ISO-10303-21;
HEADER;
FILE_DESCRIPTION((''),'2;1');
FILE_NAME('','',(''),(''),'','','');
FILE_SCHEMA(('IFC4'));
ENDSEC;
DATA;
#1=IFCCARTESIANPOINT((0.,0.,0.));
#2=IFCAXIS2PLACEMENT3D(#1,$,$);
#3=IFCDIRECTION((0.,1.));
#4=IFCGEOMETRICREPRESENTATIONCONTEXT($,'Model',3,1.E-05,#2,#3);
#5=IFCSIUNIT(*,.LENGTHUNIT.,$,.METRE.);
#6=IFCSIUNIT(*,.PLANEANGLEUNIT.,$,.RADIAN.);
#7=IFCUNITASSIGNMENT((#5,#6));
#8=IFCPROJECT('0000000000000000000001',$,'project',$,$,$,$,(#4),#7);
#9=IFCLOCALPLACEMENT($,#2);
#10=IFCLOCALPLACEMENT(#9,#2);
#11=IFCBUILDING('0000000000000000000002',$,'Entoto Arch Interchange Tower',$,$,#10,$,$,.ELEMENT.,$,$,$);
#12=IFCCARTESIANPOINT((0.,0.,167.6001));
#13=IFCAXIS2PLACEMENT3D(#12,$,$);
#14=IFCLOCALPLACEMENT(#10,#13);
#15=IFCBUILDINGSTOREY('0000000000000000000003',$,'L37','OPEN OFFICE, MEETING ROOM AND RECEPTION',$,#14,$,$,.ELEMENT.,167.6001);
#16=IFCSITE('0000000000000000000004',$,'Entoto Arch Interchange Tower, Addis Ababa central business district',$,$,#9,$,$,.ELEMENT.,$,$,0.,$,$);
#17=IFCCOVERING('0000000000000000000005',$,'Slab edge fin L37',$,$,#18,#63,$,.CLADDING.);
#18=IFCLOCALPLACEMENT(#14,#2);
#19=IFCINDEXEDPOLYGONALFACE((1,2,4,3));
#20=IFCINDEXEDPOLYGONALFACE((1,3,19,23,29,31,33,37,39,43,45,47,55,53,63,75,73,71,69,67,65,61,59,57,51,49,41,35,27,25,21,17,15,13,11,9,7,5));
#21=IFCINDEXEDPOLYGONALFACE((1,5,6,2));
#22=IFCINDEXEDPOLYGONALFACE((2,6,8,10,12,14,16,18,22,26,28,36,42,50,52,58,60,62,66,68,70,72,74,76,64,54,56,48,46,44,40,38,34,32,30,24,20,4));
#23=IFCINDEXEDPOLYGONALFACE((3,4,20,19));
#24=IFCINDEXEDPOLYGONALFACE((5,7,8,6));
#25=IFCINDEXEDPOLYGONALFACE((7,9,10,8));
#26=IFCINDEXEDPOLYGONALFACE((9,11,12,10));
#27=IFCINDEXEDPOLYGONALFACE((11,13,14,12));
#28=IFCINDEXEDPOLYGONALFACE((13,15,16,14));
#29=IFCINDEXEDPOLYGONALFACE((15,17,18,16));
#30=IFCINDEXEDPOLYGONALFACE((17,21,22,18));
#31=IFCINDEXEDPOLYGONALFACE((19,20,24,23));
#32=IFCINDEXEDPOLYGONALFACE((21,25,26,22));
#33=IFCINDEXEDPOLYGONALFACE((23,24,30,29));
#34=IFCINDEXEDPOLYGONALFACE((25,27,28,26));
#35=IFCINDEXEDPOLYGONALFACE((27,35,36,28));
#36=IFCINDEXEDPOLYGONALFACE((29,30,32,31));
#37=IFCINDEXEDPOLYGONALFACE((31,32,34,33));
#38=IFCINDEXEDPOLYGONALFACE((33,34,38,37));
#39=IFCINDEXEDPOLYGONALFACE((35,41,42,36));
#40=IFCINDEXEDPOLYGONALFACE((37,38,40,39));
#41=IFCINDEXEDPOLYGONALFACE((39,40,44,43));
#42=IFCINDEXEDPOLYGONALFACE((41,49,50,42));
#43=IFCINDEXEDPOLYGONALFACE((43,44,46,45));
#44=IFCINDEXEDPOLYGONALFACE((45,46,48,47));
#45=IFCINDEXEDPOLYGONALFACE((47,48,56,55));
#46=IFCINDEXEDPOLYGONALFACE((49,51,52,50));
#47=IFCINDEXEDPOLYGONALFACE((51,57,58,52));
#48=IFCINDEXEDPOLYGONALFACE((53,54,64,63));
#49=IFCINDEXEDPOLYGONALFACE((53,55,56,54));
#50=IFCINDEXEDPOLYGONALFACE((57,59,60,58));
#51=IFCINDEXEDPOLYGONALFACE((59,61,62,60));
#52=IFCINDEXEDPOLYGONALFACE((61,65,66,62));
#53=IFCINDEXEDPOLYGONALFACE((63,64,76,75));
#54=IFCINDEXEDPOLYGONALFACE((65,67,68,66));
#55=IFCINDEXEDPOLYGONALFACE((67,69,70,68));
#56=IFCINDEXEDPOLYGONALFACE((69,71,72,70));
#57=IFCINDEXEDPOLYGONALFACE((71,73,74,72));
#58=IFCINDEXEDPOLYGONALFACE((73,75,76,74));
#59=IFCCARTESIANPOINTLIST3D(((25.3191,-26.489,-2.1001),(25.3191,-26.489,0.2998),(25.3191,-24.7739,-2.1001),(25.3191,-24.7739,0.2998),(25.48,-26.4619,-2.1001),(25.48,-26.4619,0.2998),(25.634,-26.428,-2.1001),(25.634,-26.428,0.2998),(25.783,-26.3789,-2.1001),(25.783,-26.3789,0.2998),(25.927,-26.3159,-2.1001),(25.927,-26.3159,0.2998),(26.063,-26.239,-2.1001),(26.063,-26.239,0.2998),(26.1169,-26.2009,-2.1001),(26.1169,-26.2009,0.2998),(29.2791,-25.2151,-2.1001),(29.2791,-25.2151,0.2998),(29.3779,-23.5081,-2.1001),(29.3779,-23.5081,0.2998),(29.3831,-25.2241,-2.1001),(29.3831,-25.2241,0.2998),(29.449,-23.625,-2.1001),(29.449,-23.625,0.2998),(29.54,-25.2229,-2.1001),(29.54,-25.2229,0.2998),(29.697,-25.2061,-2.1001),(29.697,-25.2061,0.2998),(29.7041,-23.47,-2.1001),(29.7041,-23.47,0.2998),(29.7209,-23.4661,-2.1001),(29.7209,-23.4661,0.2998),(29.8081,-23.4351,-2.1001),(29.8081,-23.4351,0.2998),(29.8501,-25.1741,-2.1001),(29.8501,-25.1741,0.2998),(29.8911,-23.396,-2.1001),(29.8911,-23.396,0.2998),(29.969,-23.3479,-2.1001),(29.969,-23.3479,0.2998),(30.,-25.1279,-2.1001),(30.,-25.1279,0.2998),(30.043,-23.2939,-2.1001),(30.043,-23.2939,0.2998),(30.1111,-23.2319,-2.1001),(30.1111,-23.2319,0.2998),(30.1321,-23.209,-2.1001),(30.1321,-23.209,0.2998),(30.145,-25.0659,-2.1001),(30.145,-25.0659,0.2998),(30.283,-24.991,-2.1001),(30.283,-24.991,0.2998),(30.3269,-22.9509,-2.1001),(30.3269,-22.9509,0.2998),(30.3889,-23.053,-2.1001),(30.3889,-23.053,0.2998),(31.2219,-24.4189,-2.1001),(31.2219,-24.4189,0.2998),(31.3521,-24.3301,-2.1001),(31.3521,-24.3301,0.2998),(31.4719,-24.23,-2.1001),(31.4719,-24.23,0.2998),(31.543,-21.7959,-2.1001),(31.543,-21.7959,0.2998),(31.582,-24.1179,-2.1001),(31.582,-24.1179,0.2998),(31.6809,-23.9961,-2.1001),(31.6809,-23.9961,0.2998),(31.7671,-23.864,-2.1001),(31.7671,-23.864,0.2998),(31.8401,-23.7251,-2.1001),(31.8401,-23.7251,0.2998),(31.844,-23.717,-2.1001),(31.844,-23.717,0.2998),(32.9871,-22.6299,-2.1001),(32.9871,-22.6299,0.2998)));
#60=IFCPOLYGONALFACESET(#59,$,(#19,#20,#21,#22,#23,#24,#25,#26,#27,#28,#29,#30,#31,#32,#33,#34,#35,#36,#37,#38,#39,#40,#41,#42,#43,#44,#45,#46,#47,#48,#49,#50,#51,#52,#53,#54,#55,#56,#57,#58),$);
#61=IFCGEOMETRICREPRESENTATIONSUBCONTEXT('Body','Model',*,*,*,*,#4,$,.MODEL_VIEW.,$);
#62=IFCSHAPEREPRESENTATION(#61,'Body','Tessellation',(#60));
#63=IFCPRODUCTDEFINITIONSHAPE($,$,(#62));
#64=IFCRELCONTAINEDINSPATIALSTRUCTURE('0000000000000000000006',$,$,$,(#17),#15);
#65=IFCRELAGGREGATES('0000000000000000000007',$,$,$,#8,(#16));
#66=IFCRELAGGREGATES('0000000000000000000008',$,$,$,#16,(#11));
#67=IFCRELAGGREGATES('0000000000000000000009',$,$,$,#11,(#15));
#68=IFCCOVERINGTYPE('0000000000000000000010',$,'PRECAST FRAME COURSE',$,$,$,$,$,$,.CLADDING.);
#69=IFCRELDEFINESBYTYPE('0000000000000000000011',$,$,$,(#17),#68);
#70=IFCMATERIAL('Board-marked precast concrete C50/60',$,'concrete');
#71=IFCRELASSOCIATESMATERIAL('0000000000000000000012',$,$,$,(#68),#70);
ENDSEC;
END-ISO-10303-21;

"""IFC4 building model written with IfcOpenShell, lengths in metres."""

from ifc_helpers import new_model, si_unit, direction, frame, origin, place, context, subcontext, project, spatial, polyline, outline, extrude, material, type_object, element, save


model = new_model("IFC4")

# Units and contexts
model_context = context("Model", 3, precision=1e-05, world=origin(), true_north=direction((0.0, 1.0)))
body_context = subcontext(model_context, "Body", "Model", "MODEL_VIEW")
ifc_project = project(units=[si_unit("LENGTHUNIT", "METRE"), si_unit("PLANEANGLEUNIT", "RADIAN")], contexts=[model_context])

# Site, building, storey
site_placement = place(None, origin())
site = spatial("IfcSite", under=ifc_project, at=site_placement, Name="Entoto Arch Interchange Tower, Addis Ababa central business district", CompositionType="ELEMENT", RefElevation=0.0)
building_placement = place(site_placement, origin())
building = spatial("IfcBuilding", under=site, at=building_placement, Name="Entoto Arch Interchange Tower", CompositionType="ELEMENT")
storey_placement = place(building_placement, frame((0.0, 0.0, 167.6001)))
storey = spatial("IfcBuildingStorey", under=building, at=storey_placement, Name="L37", Description="OPEN OFFICE, MEETING ROOM AND RECEPTION", CompositionType="ELEMENT", Elevation=167.6001)

# Covering
ifc_material_1 = material(Name="Board-marked precast concrete C50/60", Category="concrete")
covering_type = type_object("IfcCoveringType", Name="PRECAST FRAME COURSE", PredefinedType="CLADDING", material=ifc_material_1)
covering_1_placement = place(storey_placement, frame((0.0, 0.0, -2.1001)))
element("IfcCovering", 1, at=covering_1_placement, inside=storey, type_object=covering_type, Name="Slab edge fin L37", PredefinedType="CLADDING", context=body_context, shape_type="SweptSolid", body=[
    extrude(outline(polyline([(31.6809, -23.9961), (31.582, -24.1179), (31.4719, -24.23), (31.3521, -24.3301), (31.2219, -24.4189), (30.283, -24.991), (30.145, -25.0659), (30.0, -25.1279), (29.8501, -25.1741), (29.697, -25.2061), (29.54, -25.2229), (29.3831, -25.2241), (29.2791, -25.2151), (26.1169, -26.2009), (26.063, -26.239), (25.927, -26.3159), (25.783, -26.3789), (25.634, -26.428), (25.48, -26.4619), (25.3191, -26.489), (25.3191, -24.7739), (29.3779, -23.5081), (29.449, -23.625), (29.7041, -23.47), (29.7209, -23.4661), (29.8081, -23.4351), (29.8911, -23.396), (29.969, -23.3479), (30.043, -23.2939), (30.1111, -23.2319), (30.1321, -23.209), (30.3889, -23.053), (30.3269, -22.9509), (31.543, -21.7959), (32.9871, -22.6299), (31.844, -23.717), (31.8401, -23.7251), (31.7671, -23.864), (31.6809, -23.9961)])), origin(), (0.0, 0.0, 1.0), 2.3999),
])

save(model, "model.ifc")
